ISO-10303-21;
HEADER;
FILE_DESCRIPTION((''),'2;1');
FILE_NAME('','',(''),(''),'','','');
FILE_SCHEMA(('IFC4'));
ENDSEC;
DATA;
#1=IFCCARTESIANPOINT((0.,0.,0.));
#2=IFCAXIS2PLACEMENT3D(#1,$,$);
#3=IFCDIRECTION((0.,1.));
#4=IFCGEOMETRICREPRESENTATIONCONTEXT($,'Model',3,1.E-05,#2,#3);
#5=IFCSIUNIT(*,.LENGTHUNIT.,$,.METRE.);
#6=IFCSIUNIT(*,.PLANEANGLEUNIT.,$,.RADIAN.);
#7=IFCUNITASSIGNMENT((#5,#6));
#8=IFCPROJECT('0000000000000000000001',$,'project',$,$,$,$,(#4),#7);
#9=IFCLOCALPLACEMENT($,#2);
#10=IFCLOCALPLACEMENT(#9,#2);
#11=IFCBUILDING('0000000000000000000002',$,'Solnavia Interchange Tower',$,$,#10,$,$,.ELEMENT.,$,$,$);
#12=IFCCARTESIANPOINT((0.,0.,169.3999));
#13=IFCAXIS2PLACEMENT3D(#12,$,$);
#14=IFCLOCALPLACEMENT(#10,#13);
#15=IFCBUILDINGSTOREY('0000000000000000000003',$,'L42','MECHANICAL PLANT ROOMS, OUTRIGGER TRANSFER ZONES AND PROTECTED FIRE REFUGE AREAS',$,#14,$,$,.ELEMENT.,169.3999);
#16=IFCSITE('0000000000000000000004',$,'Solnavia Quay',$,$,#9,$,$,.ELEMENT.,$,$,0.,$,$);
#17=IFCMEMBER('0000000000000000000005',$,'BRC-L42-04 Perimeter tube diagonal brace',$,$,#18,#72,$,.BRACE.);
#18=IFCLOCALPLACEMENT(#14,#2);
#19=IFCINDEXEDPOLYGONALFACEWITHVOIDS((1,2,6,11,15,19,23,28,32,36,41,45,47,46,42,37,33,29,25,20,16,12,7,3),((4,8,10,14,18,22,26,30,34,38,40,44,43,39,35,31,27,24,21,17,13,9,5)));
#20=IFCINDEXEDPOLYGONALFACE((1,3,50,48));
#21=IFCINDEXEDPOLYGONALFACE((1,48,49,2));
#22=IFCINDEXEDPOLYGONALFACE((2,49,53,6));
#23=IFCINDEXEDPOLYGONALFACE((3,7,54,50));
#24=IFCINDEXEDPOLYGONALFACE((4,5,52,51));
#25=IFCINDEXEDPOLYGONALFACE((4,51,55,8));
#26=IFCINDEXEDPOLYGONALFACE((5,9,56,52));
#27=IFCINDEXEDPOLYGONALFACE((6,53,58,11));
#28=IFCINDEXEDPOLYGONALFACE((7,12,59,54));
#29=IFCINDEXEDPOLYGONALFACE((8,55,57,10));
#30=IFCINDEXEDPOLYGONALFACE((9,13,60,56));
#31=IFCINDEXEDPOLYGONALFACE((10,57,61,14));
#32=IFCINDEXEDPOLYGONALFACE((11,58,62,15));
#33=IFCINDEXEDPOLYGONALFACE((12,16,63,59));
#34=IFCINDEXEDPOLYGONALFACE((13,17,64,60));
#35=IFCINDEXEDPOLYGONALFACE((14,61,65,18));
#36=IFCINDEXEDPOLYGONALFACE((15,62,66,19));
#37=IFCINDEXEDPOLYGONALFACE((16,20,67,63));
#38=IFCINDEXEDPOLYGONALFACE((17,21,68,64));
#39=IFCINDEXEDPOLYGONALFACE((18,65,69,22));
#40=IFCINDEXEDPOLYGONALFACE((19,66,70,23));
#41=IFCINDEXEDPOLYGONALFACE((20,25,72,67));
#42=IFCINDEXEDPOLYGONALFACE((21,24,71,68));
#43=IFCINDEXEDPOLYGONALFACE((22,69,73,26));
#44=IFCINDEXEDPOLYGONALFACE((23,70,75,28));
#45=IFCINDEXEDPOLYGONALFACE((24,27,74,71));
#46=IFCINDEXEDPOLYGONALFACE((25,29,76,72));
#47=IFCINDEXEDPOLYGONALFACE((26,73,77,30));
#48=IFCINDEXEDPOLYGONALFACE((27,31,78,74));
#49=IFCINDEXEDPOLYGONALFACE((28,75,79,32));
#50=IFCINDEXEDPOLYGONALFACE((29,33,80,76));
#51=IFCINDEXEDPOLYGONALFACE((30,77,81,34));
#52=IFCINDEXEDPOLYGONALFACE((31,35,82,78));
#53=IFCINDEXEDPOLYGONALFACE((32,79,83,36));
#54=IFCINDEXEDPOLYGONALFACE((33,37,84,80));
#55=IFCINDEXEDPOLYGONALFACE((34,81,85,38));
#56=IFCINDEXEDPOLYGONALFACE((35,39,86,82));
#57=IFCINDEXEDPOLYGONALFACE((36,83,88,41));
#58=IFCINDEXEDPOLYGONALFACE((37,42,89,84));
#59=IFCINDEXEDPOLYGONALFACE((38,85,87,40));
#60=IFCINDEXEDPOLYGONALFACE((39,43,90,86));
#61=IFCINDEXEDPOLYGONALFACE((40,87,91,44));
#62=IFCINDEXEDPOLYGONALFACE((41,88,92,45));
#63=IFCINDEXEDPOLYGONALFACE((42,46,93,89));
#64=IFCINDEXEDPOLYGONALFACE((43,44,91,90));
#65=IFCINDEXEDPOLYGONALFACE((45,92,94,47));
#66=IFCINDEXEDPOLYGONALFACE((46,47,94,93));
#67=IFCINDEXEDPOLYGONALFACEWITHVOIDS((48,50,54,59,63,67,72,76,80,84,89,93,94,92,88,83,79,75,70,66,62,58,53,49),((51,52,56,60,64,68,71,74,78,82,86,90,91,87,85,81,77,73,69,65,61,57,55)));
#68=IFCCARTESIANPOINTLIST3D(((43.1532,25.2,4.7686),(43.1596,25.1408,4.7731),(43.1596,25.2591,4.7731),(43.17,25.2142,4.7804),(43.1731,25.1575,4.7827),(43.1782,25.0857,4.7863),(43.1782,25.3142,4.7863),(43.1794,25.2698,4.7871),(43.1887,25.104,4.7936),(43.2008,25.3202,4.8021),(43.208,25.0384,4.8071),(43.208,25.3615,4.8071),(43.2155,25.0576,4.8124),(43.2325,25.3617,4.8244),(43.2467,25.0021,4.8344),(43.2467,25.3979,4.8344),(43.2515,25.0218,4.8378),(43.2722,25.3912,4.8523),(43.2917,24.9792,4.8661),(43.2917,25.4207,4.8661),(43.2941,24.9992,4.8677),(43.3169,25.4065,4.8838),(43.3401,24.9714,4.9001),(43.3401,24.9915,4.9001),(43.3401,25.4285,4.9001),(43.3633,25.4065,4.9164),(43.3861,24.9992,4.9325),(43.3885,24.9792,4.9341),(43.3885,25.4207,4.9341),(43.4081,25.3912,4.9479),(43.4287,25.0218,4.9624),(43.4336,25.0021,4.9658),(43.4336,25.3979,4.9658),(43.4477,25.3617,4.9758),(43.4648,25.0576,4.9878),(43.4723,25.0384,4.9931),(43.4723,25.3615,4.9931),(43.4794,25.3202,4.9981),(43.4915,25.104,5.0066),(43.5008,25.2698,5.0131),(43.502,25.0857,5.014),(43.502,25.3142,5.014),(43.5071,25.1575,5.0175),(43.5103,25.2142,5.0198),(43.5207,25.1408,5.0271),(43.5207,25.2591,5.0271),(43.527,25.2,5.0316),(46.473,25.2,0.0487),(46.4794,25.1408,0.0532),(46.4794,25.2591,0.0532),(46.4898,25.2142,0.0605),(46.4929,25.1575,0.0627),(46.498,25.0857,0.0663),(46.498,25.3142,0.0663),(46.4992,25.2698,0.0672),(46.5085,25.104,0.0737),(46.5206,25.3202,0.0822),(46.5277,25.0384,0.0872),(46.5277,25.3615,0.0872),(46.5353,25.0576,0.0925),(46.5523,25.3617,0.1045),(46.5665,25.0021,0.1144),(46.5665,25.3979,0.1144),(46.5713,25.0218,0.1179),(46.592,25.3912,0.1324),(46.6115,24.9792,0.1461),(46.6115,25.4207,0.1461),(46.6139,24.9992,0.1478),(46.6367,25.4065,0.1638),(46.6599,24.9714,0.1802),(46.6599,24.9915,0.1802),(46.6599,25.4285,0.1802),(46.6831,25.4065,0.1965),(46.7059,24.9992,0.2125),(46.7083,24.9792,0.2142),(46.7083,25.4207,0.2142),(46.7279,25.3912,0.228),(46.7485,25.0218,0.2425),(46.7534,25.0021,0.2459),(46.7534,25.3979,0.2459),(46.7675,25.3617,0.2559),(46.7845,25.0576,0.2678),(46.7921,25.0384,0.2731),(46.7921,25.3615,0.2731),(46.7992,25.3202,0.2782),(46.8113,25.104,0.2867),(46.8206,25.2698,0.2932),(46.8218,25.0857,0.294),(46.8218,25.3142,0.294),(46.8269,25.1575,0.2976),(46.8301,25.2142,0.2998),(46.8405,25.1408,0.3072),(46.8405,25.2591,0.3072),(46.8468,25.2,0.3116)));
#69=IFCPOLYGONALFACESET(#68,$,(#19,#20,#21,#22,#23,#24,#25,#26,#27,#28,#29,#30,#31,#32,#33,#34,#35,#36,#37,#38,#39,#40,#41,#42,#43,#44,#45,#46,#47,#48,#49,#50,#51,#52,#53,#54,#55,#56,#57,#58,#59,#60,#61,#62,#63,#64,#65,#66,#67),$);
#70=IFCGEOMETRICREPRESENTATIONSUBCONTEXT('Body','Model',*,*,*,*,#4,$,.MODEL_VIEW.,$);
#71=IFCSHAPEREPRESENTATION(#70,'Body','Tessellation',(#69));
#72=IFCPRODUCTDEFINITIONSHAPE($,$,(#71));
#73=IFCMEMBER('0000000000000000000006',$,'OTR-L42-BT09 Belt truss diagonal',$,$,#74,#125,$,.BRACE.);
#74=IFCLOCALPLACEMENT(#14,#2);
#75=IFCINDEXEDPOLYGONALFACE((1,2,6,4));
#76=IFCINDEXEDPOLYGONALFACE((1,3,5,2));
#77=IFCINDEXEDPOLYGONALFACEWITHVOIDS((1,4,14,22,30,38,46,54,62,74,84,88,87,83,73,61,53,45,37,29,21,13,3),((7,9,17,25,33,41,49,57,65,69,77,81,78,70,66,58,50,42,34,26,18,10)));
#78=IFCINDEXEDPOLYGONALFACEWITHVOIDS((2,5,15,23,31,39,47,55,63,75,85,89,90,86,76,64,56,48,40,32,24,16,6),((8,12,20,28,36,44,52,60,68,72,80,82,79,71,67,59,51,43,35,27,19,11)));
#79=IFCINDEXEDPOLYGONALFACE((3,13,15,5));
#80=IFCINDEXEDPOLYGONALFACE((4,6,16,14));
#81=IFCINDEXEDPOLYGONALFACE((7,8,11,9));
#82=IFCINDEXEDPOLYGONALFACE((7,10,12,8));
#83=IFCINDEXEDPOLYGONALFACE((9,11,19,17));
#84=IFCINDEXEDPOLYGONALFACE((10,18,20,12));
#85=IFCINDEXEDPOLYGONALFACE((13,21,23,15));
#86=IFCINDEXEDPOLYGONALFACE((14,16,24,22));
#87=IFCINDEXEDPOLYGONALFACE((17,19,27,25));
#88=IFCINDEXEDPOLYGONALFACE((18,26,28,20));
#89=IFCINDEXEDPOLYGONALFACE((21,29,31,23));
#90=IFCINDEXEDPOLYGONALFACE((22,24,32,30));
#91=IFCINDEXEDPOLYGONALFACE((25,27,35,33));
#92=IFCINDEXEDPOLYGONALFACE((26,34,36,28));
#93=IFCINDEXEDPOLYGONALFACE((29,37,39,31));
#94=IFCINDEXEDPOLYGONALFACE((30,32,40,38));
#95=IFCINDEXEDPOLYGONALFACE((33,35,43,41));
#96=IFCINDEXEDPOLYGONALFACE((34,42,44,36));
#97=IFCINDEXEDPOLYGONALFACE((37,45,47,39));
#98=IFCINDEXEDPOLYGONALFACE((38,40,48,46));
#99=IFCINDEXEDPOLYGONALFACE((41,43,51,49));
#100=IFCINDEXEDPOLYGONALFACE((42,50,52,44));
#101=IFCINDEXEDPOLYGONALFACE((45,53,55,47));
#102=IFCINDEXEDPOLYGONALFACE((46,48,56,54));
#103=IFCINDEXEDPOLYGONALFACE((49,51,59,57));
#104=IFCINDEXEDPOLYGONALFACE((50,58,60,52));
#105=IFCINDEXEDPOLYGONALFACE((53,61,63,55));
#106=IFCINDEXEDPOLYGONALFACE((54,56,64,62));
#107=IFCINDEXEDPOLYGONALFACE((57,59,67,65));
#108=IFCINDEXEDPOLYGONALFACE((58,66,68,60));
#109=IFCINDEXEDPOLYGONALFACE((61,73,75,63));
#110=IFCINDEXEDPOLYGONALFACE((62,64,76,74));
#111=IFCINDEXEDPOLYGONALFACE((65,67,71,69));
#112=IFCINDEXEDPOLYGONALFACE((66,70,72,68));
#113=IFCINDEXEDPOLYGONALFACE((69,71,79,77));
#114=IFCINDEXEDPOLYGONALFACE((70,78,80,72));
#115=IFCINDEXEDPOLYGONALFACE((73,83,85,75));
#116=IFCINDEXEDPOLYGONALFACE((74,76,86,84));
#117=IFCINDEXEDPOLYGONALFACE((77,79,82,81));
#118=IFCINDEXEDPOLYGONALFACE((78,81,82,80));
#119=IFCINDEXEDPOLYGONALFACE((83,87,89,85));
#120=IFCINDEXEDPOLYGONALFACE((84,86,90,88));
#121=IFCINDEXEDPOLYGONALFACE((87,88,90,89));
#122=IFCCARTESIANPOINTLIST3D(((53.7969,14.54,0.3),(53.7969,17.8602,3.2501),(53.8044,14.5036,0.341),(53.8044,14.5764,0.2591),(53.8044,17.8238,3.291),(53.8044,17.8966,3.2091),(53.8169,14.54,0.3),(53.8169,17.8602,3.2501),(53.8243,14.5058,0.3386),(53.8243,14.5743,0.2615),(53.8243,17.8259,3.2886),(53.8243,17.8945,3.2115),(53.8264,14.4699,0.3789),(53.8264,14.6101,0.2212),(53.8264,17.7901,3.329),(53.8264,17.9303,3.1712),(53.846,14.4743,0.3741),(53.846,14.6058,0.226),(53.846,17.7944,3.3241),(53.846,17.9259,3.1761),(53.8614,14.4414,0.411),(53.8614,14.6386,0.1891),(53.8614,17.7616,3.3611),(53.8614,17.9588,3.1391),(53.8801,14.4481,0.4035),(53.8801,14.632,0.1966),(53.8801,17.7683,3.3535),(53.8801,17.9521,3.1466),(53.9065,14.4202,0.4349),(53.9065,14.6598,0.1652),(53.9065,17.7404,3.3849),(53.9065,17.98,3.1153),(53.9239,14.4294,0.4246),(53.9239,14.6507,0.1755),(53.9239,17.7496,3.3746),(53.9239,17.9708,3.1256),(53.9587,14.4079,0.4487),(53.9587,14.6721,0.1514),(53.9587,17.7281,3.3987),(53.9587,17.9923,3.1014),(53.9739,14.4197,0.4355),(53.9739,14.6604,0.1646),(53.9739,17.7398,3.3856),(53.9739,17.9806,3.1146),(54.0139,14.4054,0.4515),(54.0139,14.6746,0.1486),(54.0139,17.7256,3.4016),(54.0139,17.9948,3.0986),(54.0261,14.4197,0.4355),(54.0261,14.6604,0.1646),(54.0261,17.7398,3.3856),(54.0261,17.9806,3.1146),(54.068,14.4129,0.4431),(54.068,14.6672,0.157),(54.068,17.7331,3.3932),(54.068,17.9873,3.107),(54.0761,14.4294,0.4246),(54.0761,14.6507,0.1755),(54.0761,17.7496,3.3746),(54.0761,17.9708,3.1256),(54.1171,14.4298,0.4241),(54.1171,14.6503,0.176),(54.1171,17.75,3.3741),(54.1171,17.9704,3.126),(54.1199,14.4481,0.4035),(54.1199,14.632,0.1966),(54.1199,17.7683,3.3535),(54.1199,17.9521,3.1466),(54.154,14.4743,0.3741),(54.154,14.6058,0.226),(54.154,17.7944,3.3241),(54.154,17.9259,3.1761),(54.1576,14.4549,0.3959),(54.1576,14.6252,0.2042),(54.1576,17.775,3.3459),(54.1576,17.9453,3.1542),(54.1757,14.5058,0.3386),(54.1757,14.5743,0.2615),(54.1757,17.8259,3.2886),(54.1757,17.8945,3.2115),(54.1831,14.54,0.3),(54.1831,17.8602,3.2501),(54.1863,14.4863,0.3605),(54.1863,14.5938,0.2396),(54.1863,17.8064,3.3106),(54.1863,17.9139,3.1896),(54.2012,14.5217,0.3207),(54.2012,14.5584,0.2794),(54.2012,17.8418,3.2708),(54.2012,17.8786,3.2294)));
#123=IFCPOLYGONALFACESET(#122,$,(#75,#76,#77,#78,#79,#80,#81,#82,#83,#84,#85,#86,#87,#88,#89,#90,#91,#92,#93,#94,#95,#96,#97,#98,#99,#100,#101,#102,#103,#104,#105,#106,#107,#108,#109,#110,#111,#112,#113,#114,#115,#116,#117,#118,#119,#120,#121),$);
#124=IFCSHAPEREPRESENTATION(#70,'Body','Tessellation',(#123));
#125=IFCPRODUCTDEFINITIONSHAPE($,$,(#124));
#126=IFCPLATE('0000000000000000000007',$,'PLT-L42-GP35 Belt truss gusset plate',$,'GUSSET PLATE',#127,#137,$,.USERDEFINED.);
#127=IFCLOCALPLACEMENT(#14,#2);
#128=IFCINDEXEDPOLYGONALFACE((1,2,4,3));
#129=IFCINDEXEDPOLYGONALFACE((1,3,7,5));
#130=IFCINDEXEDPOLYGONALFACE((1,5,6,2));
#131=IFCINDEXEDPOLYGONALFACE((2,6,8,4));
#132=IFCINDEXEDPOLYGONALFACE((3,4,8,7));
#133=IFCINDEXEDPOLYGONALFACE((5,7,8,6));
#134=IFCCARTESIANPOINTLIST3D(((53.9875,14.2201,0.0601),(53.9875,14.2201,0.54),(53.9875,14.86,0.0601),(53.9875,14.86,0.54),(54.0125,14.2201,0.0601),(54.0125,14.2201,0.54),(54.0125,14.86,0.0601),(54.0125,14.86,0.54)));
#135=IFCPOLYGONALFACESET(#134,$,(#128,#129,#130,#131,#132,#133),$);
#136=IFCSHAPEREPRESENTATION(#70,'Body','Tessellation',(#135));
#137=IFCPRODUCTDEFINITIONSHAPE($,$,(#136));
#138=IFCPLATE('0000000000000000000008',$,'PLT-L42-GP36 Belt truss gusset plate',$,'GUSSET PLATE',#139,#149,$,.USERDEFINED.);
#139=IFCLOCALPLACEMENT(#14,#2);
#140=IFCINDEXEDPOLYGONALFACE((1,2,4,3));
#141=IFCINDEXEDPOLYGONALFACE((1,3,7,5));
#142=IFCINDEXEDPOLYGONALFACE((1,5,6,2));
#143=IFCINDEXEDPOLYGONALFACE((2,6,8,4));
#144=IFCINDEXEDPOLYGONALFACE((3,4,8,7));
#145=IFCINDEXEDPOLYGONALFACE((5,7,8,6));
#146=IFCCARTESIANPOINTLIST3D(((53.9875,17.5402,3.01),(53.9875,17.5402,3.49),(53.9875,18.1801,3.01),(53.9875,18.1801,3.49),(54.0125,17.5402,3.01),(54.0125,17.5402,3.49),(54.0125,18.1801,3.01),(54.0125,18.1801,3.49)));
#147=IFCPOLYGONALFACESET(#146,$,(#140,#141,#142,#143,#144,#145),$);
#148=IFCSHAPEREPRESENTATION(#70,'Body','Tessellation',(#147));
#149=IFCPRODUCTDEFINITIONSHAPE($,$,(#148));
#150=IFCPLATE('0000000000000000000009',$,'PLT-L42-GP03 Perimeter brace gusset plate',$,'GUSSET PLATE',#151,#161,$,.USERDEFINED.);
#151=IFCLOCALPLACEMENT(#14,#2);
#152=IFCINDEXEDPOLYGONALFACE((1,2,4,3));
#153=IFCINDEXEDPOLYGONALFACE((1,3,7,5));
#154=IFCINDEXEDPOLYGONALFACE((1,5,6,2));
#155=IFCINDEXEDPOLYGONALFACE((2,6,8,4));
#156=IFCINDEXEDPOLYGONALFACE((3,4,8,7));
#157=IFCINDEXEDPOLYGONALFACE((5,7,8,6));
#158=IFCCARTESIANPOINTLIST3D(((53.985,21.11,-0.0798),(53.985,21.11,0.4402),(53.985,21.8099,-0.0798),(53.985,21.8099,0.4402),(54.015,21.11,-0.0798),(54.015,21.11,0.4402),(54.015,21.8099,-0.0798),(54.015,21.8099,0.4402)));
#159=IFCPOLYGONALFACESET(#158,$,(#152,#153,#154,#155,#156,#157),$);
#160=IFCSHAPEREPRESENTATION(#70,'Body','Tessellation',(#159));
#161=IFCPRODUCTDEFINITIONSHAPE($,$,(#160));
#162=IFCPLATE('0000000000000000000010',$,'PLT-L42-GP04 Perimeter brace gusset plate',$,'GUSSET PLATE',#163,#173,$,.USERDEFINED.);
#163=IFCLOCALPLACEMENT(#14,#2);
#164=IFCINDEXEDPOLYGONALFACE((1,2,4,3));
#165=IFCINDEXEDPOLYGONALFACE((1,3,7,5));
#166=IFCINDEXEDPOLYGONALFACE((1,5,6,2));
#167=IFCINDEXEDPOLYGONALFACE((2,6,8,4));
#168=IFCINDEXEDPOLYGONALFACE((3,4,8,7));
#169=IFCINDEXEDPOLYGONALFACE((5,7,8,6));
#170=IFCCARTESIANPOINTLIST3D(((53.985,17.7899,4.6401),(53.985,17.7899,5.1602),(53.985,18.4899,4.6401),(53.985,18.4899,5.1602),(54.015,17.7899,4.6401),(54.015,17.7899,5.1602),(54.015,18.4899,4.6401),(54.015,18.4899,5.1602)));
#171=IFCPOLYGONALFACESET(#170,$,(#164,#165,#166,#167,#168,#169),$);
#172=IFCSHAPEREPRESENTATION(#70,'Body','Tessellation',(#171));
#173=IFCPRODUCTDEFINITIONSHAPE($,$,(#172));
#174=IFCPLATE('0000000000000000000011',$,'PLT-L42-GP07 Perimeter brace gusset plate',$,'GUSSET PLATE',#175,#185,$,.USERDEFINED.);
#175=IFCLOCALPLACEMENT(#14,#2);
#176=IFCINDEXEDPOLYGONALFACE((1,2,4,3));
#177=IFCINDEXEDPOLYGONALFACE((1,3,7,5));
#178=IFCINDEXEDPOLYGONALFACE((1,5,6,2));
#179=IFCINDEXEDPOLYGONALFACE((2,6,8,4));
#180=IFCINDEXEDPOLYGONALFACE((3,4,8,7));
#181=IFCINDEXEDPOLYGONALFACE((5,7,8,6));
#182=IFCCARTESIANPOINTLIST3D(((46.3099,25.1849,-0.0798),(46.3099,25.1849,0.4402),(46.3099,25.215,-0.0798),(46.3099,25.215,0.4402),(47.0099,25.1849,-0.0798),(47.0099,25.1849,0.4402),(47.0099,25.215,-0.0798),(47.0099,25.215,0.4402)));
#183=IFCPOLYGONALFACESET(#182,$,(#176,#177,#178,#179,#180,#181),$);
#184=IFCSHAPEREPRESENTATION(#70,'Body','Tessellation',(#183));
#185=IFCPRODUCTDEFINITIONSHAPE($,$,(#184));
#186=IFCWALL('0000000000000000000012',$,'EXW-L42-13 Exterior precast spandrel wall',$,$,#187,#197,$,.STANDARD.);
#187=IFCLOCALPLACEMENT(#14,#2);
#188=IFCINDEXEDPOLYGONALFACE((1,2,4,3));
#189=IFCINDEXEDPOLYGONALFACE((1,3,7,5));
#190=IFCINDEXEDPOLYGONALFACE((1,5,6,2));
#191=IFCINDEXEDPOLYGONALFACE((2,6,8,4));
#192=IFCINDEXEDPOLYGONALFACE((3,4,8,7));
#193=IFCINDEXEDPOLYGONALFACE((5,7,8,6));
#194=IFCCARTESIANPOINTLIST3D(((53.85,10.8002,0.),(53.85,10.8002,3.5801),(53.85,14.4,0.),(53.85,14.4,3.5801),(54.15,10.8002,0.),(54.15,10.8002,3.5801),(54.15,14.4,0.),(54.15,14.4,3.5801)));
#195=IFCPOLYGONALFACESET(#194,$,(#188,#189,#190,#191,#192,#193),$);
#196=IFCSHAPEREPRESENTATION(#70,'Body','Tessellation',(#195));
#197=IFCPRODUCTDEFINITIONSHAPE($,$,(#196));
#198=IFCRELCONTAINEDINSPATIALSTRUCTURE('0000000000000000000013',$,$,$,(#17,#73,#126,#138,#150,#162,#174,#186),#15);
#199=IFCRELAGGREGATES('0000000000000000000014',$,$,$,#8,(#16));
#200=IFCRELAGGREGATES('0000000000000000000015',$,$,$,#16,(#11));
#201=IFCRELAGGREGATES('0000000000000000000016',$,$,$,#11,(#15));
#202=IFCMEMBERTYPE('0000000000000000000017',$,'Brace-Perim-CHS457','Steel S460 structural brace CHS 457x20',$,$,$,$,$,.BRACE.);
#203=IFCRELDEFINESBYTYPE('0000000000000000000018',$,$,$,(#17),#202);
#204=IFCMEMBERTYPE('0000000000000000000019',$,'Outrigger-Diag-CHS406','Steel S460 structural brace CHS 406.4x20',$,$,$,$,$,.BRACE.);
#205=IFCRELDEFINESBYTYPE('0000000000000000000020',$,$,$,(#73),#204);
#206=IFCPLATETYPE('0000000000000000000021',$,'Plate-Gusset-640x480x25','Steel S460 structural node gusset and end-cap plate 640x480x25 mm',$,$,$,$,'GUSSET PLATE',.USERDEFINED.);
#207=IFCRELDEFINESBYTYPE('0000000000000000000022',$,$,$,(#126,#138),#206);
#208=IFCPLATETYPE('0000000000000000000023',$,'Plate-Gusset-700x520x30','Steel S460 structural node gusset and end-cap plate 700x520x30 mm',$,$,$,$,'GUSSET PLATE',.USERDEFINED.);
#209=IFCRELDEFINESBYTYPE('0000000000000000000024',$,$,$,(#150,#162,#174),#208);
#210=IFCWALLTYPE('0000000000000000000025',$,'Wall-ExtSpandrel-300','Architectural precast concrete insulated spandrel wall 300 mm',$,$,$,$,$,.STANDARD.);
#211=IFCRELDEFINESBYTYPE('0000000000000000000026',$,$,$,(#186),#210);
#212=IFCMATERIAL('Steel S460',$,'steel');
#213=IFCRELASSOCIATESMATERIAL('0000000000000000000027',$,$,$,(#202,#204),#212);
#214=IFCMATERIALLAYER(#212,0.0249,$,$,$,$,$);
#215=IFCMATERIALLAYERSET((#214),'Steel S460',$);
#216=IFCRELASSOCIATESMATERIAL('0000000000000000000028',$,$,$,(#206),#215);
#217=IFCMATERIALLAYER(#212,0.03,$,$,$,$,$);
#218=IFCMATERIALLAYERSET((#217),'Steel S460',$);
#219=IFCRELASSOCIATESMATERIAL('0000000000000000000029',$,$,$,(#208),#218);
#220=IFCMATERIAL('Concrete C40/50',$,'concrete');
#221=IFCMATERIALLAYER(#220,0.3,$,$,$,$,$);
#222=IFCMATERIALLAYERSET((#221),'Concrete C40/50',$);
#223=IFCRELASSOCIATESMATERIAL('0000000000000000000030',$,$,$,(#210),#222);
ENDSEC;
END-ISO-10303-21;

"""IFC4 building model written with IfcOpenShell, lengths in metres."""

from ifc_helpers import new_model, si_unit, direction, frame, frame_2d, origin, origin_2d, place, context, subcontext, project, spatial, rectangle, hollow_circle, extrude, material, layer, layer_set, material_profile, profile_set, type_object, element, save


model = new_model("IFC4")

# Units and contexts
model_context = context("Model", 3, precision=1e-05, world=origin(), true_north=direction((0.0, 1.0)))
body_context = subcontext(model_context, "Body", "Model", "MODEL_VIEW")
ifc_project = project(units=[si_unit("LENGTHUNIT", "METRE"), si_unit("PLANEANGLEUNIT", "RADIAN")], contexts=[model_context])

# Site, building, storey
site_placement = place(None, origin())
site = spatial("IfcSite", under=ifc_project, at=site_placement, Name="Solnavia Quay", CompositionType="ELEMENT", RefElevation=0.0)
building_placement = place(site_placement, origin())
building = spatial("IfcBuilding", under=site, at=building_placement, Name="Solnavia Interchange Tower", CompositionType="ELEMENT")
storey_placement = place(building_placement, frame((0.0, 0.0, 169.3999)))
storey = spatial("IfcBuildingStorey", under=building, at=storey_placement, Name="L42", Description="MECHANICAL PLANT ROOMS, OUTRIGGER TRANSFER ZONES AND PROTECTED FIRE REFUGE AREAS", CompositionType="ELEMENT", Elevation=169.3999)

# Members
ifc_material_1 = material(Name="Steel S460", Category="steel")
ifc_material_profile_1 = material_profile(ifc_material_1, hollow_circle(Radius=0.2285, WallThickness=0.02, at=origin_2d()), Name="CHS 457x20")
ifc_profile_set_1 = profile_set([ifc_material_profile_1], Name="Steel S460")
member_type_1 = type_object("IfcMemberType", Name="Brace-Perim-CHS457", Description="Steel S460 structural brace CHS 457x20", PredefinedType="BRACE", material=ifc_profile_set_1)
member_1_placement = place(storey_placement, frame((46.6599, 25.2, 0.1802), z_axis=(-0.575304, 0.0, 0.81794), x_axis=(0.0, -1.0, 0.0)))
element("IfcMember", 1, at=member_1_placement, inside=storey, type_object=member_type_1, Name="BRC-L42-04 Perimeter tube diagonal brace", PredefinedType="BRACE", context=body_context, shape_type="SweptSolid", body=[
    extrude(hollow_circle(Radius=0.2285, WallThickness=0.02, at=origin_2d()), origin(), (0.0, 0.0, 1.0), 5.7705),
])
ifc_material_profile_2 = material_profile(ifc_material_1, hollow_circle(Radius=0.2031, WallThickness=0.02, at=origin_2d()), Name="CHS 406.4x20")
ifc_profile_set_2 = profile_set([ifc_material_profile_2], Name="Steel S460")
member_type_2 = type_object("IfcMemberType", Name="Outrigger-Diag-CHS406", Description="Steel S460 structural brace CHS 406.4x20", PredefinedType="BRACE", material=ifc_profile_set_2)
member_2_placement = place(storey_placement, frame((54.0, 14.54, 0.3), z_axis=(0.0, 0.747546, 0.66421), x_axis=(-1.0, 0.0, 0.0)))
element("IfcMember", 2, at=member_2_placement, inside=storey, type_object=member_type_2, Name="OTR-L42-BT09 Belt truss diagonal", PredefinedType="BRACE", context=body_context, shape_type="SweptSolid", body=[
    extrude(hollow_circle(Radius=0.2031, WallThickness=0.02, at=origin_2d()), origin(), (0.0, 0.0, 1.0), 4.4414),
])

# Plates
ifc_layer_1 = layer(ifc_material_1, 0.0249)
ifc_layer_set_1 = layer_set([ifc_layer_1], Name="Steel S460")
plate_type_1 = type_object("IfcPlateType", Name="Plate-Gusset-640x480x25", Description="Steel S460 structural node gusset and end-cap plate 640x480x25 mm", ElementType="GUSSET PLATE", PredefinedType="USERDEFINED", material=ifc_layer_set_1)
for number, where, z_axis, x_axis, name in (
    (3, (54.0, 14.54, 0.0601), (0.0, 0.0, 1.0), (0.0, 1.0, 0.0), "PLT-L42-GP35 Belt truss gusset plate"),
    (4, (54.0, 17.8601, 3.01), (0.0, 0.0, 1.0), (0.0, 1.0, 0.0), "PLT-L42-GP36 Belt truss gusset plate"),
):
    element("IfcPlate", number, at=place(storey_placement, frame(where, z_axis=z_axis, x_axis=x_axis)), inside=storey, type_object=plate_type_1, Name=name, ObjectType="GUSSET PLATE", PredefinedType="USERDEFINED", context=body_context, shape_type="SweptSolid", body=[
        extrude(rectangle(XDim=0.6399, YDim=0.0249, at=origin_2d()), origin(), (0.0, 0.0, 1.0), 0.48),
    ])
ifc_layer_2 = layer(ifc_material_1, 0.03)
ifc_layer_set_2 = layer_set([ifc_layer_2], Name="Steel S460")
plate_type_2 = type_object("IfcPlateType", Name="Plate-Gusset-700x520x30", Description="Steel S460 structural node gusset and end-cap plate 700x520x30 mm", ElementType="GUSSET PLATE", PredefinedType="USERDEFINED", material=ifc_layer_set_2)
for number, where, z_axis, x_axis, name in (
    (5, (54.0, 21.46, -0.0798), (0.0, 0.0, 1.0), (0.0, -1.0, 0.0), "PLT-L42-GP03 Perimeter brace gusset plate"),
    (6, (54.0, 18.1399, 4.6401), (0.0, 0.0, 1.0), (0.0, -1.0, 0.0), "PLT-L42-GP04 Perimeter brace gusset plate"),
    (7, (46.6599, 25.2, -0.0798), (0.0, 0.0, 1.0), (-1.0, 0.0, 0.0), "PLT-L42-GP07 Perimeter brace gusset plate"),
):
    element("IfcPlate", number, at=place(storey_placement, frame(where, z_axis=z_axis, x_axis=x_axis)), inside=storey, type_object=plate_type_2, Name=name, ObjectType="GUSSET PLATE", PredefinedType="USERDEFINED", context=body_context, shape_type="SweptSolid", body=[
        extrude(rectangle(XDim=0.7, YDim=0.03, at=origin_2d()), origin(), (0.0, 0.0, 1.0), 0.52),
    ])

# Wall
ifc_material_2 = material(Name="Concrete C40/50", Category="concrete")
ifc_layer_3 = layer(ifc_material_2, 0.3)
ifc_layer_set_3 = layer_set([ifc_layer_3], Name="Concrete C40/50")
wall_type = type_object("IfcWallType", Name="Wall-ExtSpandrel-300", Description="Architectural precast concrete insulated spandrel wall 300 mm", PredefinedType="STANDARD", material=ifc_layer_set_3)
wall_1_placement = place(storey_placement, frame((54.0, 14.3999, 0.0), z_axis=(0.0, 0.0, 1.0), x_axis=(0.0, -1.0, 0.0)))
element("IfcWall", 8, at=wall_1_placement, inside=storey, type_object=wall_type, Name="EXW-L42-13 Exterior precast spandrel wall", PredefinedType="STANDARD", context=body_context, shape_type="SweptSolid", body=[
    extrude(rectangle(XDim=3.5999, YDim=0.3, at=frame_2d((1.7998, 0.0))), origin(), (0.0, 0.0, 1.0), 3.5801),
])

save(model, "model.ifc")
